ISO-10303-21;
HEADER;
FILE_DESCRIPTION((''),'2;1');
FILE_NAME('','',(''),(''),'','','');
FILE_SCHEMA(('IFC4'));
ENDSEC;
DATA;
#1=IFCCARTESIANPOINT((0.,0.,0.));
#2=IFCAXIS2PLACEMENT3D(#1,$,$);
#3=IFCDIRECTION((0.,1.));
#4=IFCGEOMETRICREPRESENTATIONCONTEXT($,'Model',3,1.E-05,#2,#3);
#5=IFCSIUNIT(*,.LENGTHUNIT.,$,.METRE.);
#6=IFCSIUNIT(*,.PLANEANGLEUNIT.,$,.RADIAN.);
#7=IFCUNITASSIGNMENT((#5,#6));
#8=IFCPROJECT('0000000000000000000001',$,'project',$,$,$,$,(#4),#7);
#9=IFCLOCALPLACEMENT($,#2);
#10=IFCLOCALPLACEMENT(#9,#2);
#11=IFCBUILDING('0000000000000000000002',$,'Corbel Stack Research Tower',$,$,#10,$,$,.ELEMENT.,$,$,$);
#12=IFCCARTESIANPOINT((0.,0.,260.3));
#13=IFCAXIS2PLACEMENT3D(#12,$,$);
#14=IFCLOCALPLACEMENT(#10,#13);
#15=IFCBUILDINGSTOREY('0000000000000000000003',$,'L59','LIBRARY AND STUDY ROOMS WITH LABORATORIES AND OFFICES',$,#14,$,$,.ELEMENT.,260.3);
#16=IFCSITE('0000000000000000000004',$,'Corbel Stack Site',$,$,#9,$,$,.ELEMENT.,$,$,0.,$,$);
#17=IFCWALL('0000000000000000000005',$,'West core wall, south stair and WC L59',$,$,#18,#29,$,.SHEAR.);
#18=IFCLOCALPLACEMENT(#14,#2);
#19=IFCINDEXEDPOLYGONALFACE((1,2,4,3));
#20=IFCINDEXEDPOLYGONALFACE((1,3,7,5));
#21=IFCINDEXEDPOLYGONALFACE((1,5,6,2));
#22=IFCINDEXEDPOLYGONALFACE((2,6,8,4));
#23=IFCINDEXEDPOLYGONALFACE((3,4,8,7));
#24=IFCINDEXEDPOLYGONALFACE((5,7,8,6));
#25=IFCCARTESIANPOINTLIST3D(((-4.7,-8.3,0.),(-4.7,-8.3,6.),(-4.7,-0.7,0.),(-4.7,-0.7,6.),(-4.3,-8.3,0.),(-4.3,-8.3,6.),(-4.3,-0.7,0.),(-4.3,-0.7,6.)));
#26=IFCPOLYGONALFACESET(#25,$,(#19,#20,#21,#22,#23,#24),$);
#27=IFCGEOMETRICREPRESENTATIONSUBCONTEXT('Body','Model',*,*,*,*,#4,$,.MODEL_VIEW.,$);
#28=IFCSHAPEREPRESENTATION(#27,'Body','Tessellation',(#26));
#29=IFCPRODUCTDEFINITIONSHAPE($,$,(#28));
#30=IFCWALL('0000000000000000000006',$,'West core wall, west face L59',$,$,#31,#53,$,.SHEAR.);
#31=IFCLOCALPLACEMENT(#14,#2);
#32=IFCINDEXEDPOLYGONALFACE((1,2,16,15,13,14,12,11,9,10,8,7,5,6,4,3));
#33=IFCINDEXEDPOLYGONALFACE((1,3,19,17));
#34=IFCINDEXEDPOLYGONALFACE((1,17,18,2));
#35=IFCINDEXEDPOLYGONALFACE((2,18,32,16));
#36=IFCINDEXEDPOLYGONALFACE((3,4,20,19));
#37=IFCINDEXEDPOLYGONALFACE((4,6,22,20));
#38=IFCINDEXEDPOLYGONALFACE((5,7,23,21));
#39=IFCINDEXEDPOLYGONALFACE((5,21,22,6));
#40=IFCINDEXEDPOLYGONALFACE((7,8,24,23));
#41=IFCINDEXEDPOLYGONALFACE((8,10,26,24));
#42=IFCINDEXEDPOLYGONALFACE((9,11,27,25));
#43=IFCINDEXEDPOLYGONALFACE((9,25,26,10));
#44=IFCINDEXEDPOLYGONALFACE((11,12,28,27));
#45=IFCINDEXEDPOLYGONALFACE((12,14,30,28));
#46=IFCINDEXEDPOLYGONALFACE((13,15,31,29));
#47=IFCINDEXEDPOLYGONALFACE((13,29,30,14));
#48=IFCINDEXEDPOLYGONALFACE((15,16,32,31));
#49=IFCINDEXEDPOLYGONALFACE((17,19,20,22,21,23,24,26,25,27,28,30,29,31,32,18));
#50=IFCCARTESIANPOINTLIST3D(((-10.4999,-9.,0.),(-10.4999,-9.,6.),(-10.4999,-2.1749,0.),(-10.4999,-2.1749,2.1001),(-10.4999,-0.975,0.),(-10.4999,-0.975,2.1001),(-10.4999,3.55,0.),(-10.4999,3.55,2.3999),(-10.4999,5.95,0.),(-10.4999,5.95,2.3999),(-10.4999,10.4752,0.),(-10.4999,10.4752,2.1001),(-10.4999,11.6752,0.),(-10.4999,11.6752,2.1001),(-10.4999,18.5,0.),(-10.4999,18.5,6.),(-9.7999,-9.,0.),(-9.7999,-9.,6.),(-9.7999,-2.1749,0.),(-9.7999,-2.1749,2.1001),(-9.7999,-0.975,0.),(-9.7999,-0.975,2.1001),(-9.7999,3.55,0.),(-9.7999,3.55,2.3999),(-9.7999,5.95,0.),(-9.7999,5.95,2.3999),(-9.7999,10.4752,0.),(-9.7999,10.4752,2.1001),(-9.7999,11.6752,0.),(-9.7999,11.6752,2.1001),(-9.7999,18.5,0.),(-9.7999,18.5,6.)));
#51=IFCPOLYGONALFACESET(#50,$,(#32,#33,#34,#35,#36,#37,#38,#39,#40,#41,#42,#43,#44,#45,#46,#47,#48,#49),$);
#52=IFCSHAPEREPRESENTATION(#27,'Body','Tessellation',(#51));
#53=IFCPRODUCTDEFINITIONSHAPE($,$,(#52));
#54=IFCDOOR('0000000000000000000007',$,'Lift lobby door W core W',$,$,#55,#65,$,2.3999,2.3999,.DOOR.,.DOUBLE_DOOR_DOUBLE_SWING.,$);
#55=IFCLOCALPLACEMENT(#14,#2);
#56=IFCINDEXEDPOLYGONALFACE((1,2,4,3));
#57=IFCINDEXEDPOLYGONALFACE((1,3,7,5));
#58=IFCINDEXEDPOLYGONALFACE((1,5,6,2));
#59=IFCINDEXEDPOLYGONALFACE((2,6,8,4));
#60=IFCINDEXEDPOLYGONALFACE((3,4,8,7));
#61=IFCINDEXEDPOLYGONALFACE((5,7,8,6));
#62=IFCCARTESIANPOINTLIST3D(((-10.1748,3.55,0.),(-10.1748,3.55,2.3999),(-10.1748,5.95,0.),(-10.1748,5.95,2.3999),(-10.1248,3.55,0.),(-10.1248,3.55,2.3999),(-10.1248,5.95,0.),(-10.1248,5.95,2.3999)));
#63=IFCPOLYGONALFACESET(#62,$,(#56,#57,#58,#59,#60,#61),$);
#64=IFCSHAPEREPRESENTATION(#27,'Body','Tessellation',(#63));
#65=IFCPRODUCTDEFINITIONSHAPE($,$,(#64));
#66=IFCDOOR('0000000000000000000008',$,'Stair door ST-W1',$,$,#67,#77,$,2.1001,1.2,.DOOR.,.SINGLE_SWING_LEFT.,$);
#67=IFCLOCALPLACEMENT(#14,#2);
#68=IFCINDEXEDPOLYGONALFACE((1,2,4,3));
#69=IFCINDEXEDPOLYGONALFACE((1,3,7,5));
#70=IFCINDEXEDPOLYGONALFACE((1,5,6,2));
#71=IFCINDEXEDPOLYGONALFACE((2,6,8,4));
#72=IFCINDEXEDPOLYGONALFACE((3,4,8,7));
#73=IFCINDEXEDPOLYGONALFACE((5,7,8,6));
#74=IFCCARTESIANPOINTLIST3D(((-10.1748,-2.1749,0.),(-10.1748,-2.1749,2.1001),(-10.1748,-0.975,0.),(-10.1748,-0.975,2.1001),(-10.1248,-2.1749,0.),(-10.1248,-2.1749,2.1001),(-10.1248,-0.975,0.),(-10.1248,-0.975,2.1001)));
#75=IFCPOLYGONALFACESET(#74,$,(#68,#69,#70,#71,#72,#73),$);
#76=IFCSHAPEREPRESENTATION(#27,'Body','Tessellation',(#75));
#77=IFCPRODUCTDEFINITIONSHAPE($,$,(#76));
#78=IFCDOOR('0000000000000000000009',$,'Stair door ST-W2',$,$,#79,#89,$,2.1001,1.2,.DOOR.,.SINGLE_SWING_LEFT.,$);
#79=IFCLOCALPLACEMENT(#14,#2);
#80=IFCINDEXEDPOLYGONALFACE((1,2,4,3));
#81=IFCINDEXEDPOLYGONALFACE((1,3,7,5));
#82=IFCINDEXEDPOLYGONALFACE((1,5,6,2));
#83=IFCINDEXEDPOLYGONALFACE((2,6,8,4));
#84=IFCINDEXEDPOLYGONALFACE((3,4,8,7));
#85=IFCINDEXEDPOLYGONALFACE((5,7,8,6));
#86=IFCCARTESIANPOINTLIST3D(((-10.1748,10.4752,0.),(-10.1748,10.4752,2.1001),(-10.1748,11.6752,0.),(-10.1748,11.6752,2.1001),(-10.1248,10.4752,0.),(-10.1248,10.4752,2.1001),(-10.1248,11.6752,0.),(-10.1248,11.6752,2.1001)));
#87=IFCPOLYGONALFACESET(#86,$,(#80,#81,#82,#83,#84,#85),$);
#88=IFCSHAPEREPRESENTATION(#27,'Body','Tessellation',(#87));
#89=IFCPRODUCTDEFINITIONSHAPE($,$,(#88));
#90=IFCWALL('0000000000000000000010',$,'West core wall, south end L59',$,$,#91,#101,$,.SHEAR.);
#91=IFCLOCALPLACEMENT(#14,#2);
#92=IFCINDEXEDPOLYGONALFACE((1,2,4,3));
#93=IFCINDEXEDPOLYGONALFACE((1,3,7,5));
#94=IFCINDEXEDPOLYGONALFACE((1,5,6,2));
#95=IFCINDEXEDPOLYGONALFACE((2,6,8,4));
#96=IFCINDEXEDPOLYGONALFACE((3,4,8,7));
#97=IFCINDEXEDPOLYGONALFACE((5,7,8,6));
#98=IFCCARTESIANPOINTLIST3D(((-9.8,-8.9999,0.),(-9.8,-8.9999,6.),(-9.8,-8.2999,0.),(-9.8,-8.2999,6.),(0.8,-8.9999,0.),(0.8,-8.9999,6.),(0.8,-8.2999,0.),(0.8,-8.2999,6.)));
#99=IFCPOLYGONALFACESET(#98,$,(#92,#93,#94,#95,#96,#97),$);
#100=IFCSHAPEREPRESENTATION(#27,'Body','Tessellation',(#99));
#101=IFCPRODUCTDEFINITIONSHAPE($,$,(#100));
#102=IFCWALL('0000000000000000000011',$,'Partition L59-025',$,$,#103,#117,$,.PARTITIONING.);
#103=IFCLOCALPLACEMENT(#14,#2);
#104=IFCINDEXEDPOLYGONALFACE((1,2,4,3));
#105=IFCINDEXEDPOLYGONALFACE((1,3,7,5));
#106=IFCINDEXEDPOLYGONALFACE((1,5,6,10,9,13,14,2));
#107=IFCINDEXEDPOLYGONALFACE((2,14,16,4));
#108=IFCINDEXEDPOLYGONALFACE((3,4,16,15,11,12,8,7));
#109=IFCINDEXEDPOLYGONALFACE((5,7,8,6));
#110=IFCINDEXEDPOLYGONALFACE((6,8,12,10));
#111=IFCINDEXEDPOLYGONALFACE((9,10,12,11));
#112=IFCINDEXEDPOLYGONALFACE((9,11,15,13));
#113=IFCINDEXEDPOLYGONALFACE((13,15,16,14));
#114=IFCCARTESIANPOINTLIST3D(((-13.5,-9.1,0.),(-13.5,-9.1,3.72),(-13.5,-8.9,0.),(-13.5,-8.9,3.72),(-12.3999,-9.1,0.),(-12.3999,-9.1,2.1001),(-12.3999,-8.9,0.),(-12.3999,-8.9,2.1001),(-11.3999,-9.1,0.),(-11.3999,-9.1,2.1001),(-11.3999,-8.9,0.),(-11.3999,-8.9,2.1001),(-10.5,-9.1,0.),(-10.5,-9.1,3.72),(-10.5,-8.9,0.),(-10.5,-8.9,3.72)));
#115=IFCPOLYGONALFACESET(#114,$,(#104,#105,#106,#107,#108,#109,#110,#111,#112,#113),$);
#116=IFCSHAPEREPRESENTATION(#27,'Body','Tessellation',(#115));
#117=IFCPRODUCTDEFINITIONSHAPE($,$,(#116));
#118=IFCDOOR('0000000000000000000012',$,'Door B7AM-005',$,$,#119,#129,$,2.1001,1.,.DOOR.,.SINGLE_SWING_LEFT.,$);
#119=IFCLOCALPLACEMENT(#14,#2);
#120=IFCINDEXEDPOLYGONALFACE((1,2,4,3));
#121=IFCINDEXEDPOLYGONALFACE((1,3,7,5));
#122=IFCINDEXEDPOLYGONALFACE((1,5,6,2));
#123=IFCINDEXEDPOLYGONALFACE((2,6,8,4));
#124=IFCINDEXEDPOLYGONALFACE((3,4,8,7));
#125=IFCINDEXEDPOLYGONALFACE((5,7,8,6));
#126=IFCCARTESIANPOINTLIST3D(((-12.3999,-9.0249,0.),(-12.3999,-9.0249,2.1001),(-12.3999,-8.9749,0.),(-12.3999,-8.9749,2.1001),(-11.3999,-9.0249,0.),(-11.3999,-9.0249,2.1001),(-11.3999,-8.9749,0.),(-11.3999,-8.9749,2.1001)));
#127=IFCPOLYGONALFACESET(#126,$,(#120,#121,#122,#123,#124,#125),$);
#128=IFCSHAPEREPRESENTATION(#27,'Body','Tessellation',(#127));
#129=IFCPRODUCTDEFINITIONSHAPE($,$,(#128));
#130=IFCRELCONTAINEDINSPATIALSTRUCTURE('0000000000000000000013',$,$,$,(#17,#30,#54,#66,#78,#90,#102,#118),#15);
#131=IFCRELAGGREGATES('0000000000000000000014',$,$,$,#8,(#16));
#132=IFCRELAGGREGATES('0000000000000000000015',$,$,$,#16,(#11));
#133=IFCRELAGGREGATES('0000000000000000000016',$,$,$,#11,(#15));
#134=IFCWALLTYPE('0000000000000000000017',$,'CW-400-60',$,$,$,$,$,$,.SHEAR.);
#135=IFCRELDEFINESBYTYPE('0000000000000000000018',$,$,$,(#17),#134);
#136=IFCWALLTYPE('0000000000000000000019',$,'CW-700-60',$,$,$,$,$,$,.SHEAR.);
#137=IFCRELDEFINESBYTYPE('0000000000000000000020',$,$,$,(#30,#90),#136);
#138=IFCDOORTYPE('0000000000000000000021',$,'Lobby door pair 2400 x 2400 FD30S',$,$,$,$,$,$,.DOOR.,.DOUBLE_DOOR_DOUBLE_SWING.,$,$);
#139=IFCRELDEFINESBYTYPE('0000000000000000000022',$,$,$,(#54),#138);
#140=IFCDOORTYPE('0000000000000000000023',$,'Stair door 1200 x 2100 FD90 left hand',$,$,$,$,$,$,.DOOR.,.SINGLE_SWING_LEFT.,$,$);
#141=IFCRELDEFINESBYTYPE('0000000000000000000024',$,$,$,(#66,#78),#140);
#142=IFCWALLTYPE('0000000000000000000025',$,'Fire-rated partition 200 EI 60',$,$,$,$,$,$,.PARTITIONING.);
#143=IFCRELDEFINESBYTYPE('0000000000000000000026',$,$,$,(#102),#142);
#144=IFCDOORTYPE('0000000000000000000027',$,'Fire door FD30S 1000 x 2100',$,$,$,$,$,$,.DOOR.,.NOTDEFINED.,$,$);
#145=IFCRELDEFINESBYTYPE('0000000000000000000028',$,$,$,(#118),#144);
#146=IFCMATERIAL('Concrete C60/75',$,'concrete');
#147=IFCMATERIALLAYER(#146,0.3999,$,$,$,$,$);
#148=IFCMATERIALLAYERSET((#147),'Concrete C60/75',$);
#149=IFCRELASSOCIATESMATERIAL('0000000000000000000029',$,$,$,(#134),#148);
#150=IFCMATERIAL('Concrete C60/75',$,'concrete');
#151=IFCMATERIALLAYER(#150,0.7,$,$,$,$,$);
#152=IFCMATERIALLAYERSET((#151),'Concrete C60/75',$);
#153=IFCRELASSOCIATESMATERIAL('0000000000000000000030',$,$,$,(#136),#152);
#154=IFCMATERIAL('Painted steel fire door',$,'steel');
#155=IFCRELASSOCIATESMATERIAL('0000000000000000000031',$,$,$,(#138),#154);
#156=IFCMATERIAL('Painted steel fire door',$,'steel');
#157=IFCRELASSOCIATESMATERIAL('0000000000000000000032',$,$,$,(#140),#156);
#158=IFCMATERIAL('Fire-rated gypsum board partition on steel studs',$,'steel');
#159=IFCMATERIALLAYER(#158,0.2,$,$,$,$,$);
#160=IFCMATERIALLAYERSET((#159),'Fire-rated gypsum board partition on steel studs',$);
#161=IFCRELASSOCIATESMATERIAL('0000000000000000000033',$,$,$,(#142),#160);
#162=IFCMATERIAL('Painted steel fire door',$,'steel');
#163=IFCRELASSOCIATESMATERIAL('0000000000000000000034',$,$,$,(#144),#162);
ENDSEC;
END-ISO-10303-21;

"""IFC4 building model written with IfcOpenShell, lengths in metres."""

from ifc_helpers import new_model, si_unit, direction, frame, frame_2d, origin, place, context, subcontext, project, spatial, rectangle, extrude, material, layer, layer_set, type_object, element, fill, save


model = new_model("IFC4")

# Units and contexts
model_context = context("Model", 3, precision=1e-05, world=origin(), true_north=direction((0.0, 1.0)))
body_context = subcontext(model_context, "Body", "Model", "MODEL_VIEW")
ifc_project = project(units=[si_unit("LENGTHUNIT", "METRE"), si_unit("PLANEANGLEUNIT", "RADIAN")], contexts=[model_context])

# Site, building, storey
site_placement = place(None, origin())
site = spatial("IfcSite", under=ifc_project, at=site_placement, Name="Corbel Stack Site", CompositionType="ELEMENT", RefElevation=0.0)
building_placement = place(site_placement, origin())
building = spatial("IfcBuilding", under=site, at=building_placement, Name="Corbel Stack Research Tower", CompositionType="ELEMENT")
storey_placement = place(building_placement, frame((0.0, 0.0, 260.3)))
storey = spatial("IfcBuildingStorey", under=building, at=storey_placement, Name="L59", Description="LIBRARY AND STUDY ROOMS WITH LABORATORIES AND OFFICES", CompositionType="ELEMENT", Elevation=260.3)

# Wall
ifc_material_1 = material(Name="Concrete C60/75", Category="concrete")
ifc_layer_1 = layer(ifc_material_1, 0.3999)
ifc_layer_set_1 = layer_set([ifc_layer_1], Name="Concrete C60/75")
wall_type_1 = type_object("IfcWallType", Name="CW-400-60", PredefinedType="SHEAR", material=ifc_layer_set_1)
wall_1_placement = place(storey_placement, frame((-4.5, -8.3, 0.0), z_axis=(0.0, 0.0, 1.0), x_axis=(0.0, 1.0, 0.0)))
element("IfcWall", 1, at=wall_1_placement, inside=storey, type_object=wall_type_1, Name="West core wall, south stair and WC L59", PredefinedType="SHEAR", context=body_context, shape_type="SweptSolid", body=[
    extrude(rectangle(XDim=7.6001, YDim=0.3999, at=frame_2d((3.8, 0.0))), origin(), (0.0, 0.0, 1.0), 6.0),
])

# Wall, openings, doors
ifc_material_2 = material(Name="Concrete C60/75", Category="concrete")
ifc_layer_2 = layer(ifc_material_2, 0.7)
ifc_layer_set_2 = layer_set([ifc_layer_2], Name="Concrete C60/75")
wall_type_2 = type_object("IfcWallType", Name="CW-700-60", PredefinedType="SHEAR", material=ifc_layer_set_2)
wall_2_placement = place(storey_placement, frame((-10.1499, -9.0, 0.0), z_axis=(0.0, 0.0, 1.0), x_axis=(0.0, 1.0, 0.0)))
wall_2 = element("IfcWall", 2, at=wall_2_placement, inside=storey, type_object=wall_type_2, Name="West core wall, west face L59", PredefinedType="SHEAR", context=body_context, shape_type="SweptSolid", body=[
    extrude(rectangle(XDim=27.5, YDim=0.7, at=frame_2d((13.75, 0.0))), origin(), (0.0, 0.0, 1.0), 6.0),
])
opening_1_placement = place(wall_2_placement, frame((12.55, 0.0, 0.0)))
opening_1 = element("IfcOpeningElement", 3, at=opening_1_placement, cuts=wall_2, PredefinedType="OPENING", context=body_context, shape_type="SweptSolid", body=[
    extrude(rectangle(XDim=2.3999, YDim=2.3999, at=frame_2d((1.2, 1.2))), frame((0.0, 0.3599, 0.0), z_axis=(0.0, -1.0, 0.0), x_axis=(1.0, 0.0, 0.0)), (0.0, 0.0, 1.0), 0.72),
])
opening_2_placement = place(wall_2_placement, frame((6.825, 0.0, 0.0)))
opening_2 = element("IfcOpeningElement", 4, at=opening_2_placement, cuts=wall_2, PredefinedType="OPENING", context=body_context, shape_type="SweptSolid", body=[
    extrude(rectangle(XDim=1.2, YDim=2.1001, at=frame_2d((0.6001, 1.05))), frame((0.0, 0.3599, 0.0), z_axis=(0.0, -1.0, 0.0), x_axis=(1.0, 0.0, 0.0)), (0.0, 0.0, 1.0), 0.72),
])
opening_3_placement = place(wall_2_placement, frame((19.4751, 0.0, 0.0)))
opening_3 = element("IfcOpeningElement", 5, at=opening_3_placement, cuts=wall_2, PredefinedType="OPENING", context=body_context, shape_type="SweptSolid", body=[
    extrude(rectangle(XDim=1.2, YDim=2.1001, at=frame_2d((0.6001, 1.05))), frame((0.0, 0.3599, 0.0), z_axis=(0.0, -1.0, 0.0), x_axis=(1.0, 0.0, 0.0)), (0.0, 0.0, 1.0), 0.72),
])
ifc_material_3 = material(Name="Painted steel fire door", Category="steel")
door_type_1 = type_object("IfcDoorType", Name="Lobby door pair 2400 x 2400 FD30S", OperationType="DOUBLE_DOOR_DOUBLE_SWING", PredefinedType="DOOR", material=ifc_material_3)
door_1_placement = place(opening_1_placement, origin())
door_1 = element("IfcDoor", 6, at=door_1_placement, inside=storey, type_object=door_type_1, Name="Lift lobby door W core W", OperationType="DOUBLE_DOOR_DOUBLE_SWING", OverallHeight=2.3999, OverallWidth=2.3999, PredefinedType="DOOR", context=body_context, shape_type="SweptSolid", body=[
    extrude(rectangle(XDim=2.3999, YDim=2.3999, at=frame_2d((1.2, 1.2))), frame((0.0, 0.0249, 0.0), z_axis=(0.0, -1.0, 0.0), x_axis=(1.0, 0.0, 0.0)), (0.0, 0.0, 1.0), 0.05),
])
fill(opening_1, door_1)
ifc_material_4 = material(Name="Painted steel fire door", Category="steel")
door_type_2 = type_object("IfcDoorType", Name="Stair door 1200 x 2100 FD90 left hand", OperationType="SINGLE_SWING_LEFT", PredefinedType="DOOR", material=ifc_material_4)
door_2_placement = place(opening_2_placement, origin())
door_2 = element("IfcDoor", 7, at=door_2_placement, inside=storey, type_object=door_type_2, Name="Stair door ST-W1", OperationType="SINGLE_SWING_LEFT", OverallHeight=2.1001, OverallWidth=1.2, PredefinedType="DOOR", context=body_context, shape_type="SweptSolid", body=[
    extrude(rectangle(XDim=1.2, YDim=2.1001, at=frame_2d((0.6001, 1.05))), frame((0.0, 0.0249, 0.0), z_axis=(0.0, -1.0, 0.0), x_axis=(1.0, 0.0, 0.0)), (0.0, 0.0, 1.0), 0.05),
])
fill(opening_2, door_2)
door_3_placement = place(opening_3_placement, origin())
door_3 = element("IfcDoor", 8, at=door_3_placement, inside=storey, type_object=door_type_2, Name="Stair door ST-W2", OperationType="SINGLE_SWING_LEFT", OverallHeight=2.1001, OverallWidth=1.2, PredefinedType="DOOR", context=body_context, shape_type="SweptSolid", body=[
    extrude(rectangle(XDim=1.2, YDim=2.1001, at=frame_2d((0.6001, 1.05))), frame((0.0, 0.0249, 0.0), z_axis=(0.0, -1.0, 0.0), x_axis=(1.0, 0.0, 0.0)), (0.0, 0.0, 1.0), 0.05),
])
fill(opening_3, door_3)

# Wall
wall_3_placement = place(storey_placement, frame((-9.8, -8.6499, 0.0), z_axis=(0.0, 0.0, 1.0), x_axis=(1.0, 0.0, 0.0)))
element("IfcWall", 9, at=wall_3_placement, inside=storey, type_object=wall_type_2, Name="West core wall, south end L59", PredefinedType="SHEAR", context=body_context, shape_type="SweptSolid", body=[
    extrude(rectangle(XDim=10.6001, YDim=0.7, at=frame_2d((5.3, 0.0))), origin(), (0.0, 0.0, 1.0), 6.0),
])

# Wall, opening, door
ifc_material_5 = material(Name="Fire-rated gypsum board partition on steel studs", Category="steel")
ifc_layer_3 = layer(ifc_material_5, 0.2)
ifc_layer_set_3 = layer_set([ifc_layer_3], Name="Fire-rated gypsum board partition on steel studs")
wall_type_3 = type_object("IfcWallType", Name="Fire-rated partition 200 EI 60", PredefinedType="PARTITIONING", material=ifc_layer_set_3)
wall_4_placement = place(storey_placement, frame((-10.5, -9.0, 0.0), z_axis=(0.0, 0.0, 1.0), x_axis=(-1.0, 0.0, 0.0)))
wall_4 = element("IfcWall", 10, at=wall_4_placement, inside=storey, type_object=wall_type_3, Name="Partition L59-025", PredefinedType="PARTITIONING", context=body_context, shape_type="SweptSolid", body=[
    extrude(rectangle(XDim=3.0, YDim=0.2, at=frame_2d((1.5, 0.0))), origin(), (0.0, 0.0, 1.0), 3.72),
])
opening_4_placement = place(wall_4_placement, frame((0.8999, 0.0, 0.0)))
opening_4 = element("IfcOpeningElement", 11, at=opening_4_placement, cuts=wall_4, PredefinedType="OPENING", context=body_context, shape_type="SweptSolid", body=[
    extrude(rectangle(XDim=1.0, YDim=2.1001, at=frame_2d((0.5, 1.05))), frame((0.0, 0.1099, 0.0), z_axis=(0.0, -1.0, 0.0), x_axis=(1.0, 0.0, 0.0)), (0.0, 0.0, 1.0), 0.22),
])
ifc_material_6 = material(Name="Painted steel fire door", Category="steel")
door_type_3 = type_object("IfcDoorType", Name="Fire door FD30S 1000 x 2100", OperationType="NOTDEFINED", PredefinedType="DOOR", material=ifc_material_6)
door_4_placement = place(opening_4_placement, origin())
door_4 = element("IfcDoor", 12, at=door_4_placement, inside=storey, type_object=door_type_3, Name="Door B7AM-005", OperationType="SINGLE_SWING_LEFT", OverallHeight=2.1001, OverallWidth=1.0, PredefinedType="DOOR", context=body_context, shape_type="SweptSolid", body=[
    extrude(rectangle(XDim=1.0, YDim=2.1001, at=frame_2d((0.5, 1.05))), frame((0.0, 0.0249, 0.0), z_axis=(0.0, -1.0, 0.0), x_axis=(1.0, 0.0, 0.0)), (0.0, 0.0, 1.0), 0.05),
])
fill(opening_4, door_4)

save(model, "model.ifc")
